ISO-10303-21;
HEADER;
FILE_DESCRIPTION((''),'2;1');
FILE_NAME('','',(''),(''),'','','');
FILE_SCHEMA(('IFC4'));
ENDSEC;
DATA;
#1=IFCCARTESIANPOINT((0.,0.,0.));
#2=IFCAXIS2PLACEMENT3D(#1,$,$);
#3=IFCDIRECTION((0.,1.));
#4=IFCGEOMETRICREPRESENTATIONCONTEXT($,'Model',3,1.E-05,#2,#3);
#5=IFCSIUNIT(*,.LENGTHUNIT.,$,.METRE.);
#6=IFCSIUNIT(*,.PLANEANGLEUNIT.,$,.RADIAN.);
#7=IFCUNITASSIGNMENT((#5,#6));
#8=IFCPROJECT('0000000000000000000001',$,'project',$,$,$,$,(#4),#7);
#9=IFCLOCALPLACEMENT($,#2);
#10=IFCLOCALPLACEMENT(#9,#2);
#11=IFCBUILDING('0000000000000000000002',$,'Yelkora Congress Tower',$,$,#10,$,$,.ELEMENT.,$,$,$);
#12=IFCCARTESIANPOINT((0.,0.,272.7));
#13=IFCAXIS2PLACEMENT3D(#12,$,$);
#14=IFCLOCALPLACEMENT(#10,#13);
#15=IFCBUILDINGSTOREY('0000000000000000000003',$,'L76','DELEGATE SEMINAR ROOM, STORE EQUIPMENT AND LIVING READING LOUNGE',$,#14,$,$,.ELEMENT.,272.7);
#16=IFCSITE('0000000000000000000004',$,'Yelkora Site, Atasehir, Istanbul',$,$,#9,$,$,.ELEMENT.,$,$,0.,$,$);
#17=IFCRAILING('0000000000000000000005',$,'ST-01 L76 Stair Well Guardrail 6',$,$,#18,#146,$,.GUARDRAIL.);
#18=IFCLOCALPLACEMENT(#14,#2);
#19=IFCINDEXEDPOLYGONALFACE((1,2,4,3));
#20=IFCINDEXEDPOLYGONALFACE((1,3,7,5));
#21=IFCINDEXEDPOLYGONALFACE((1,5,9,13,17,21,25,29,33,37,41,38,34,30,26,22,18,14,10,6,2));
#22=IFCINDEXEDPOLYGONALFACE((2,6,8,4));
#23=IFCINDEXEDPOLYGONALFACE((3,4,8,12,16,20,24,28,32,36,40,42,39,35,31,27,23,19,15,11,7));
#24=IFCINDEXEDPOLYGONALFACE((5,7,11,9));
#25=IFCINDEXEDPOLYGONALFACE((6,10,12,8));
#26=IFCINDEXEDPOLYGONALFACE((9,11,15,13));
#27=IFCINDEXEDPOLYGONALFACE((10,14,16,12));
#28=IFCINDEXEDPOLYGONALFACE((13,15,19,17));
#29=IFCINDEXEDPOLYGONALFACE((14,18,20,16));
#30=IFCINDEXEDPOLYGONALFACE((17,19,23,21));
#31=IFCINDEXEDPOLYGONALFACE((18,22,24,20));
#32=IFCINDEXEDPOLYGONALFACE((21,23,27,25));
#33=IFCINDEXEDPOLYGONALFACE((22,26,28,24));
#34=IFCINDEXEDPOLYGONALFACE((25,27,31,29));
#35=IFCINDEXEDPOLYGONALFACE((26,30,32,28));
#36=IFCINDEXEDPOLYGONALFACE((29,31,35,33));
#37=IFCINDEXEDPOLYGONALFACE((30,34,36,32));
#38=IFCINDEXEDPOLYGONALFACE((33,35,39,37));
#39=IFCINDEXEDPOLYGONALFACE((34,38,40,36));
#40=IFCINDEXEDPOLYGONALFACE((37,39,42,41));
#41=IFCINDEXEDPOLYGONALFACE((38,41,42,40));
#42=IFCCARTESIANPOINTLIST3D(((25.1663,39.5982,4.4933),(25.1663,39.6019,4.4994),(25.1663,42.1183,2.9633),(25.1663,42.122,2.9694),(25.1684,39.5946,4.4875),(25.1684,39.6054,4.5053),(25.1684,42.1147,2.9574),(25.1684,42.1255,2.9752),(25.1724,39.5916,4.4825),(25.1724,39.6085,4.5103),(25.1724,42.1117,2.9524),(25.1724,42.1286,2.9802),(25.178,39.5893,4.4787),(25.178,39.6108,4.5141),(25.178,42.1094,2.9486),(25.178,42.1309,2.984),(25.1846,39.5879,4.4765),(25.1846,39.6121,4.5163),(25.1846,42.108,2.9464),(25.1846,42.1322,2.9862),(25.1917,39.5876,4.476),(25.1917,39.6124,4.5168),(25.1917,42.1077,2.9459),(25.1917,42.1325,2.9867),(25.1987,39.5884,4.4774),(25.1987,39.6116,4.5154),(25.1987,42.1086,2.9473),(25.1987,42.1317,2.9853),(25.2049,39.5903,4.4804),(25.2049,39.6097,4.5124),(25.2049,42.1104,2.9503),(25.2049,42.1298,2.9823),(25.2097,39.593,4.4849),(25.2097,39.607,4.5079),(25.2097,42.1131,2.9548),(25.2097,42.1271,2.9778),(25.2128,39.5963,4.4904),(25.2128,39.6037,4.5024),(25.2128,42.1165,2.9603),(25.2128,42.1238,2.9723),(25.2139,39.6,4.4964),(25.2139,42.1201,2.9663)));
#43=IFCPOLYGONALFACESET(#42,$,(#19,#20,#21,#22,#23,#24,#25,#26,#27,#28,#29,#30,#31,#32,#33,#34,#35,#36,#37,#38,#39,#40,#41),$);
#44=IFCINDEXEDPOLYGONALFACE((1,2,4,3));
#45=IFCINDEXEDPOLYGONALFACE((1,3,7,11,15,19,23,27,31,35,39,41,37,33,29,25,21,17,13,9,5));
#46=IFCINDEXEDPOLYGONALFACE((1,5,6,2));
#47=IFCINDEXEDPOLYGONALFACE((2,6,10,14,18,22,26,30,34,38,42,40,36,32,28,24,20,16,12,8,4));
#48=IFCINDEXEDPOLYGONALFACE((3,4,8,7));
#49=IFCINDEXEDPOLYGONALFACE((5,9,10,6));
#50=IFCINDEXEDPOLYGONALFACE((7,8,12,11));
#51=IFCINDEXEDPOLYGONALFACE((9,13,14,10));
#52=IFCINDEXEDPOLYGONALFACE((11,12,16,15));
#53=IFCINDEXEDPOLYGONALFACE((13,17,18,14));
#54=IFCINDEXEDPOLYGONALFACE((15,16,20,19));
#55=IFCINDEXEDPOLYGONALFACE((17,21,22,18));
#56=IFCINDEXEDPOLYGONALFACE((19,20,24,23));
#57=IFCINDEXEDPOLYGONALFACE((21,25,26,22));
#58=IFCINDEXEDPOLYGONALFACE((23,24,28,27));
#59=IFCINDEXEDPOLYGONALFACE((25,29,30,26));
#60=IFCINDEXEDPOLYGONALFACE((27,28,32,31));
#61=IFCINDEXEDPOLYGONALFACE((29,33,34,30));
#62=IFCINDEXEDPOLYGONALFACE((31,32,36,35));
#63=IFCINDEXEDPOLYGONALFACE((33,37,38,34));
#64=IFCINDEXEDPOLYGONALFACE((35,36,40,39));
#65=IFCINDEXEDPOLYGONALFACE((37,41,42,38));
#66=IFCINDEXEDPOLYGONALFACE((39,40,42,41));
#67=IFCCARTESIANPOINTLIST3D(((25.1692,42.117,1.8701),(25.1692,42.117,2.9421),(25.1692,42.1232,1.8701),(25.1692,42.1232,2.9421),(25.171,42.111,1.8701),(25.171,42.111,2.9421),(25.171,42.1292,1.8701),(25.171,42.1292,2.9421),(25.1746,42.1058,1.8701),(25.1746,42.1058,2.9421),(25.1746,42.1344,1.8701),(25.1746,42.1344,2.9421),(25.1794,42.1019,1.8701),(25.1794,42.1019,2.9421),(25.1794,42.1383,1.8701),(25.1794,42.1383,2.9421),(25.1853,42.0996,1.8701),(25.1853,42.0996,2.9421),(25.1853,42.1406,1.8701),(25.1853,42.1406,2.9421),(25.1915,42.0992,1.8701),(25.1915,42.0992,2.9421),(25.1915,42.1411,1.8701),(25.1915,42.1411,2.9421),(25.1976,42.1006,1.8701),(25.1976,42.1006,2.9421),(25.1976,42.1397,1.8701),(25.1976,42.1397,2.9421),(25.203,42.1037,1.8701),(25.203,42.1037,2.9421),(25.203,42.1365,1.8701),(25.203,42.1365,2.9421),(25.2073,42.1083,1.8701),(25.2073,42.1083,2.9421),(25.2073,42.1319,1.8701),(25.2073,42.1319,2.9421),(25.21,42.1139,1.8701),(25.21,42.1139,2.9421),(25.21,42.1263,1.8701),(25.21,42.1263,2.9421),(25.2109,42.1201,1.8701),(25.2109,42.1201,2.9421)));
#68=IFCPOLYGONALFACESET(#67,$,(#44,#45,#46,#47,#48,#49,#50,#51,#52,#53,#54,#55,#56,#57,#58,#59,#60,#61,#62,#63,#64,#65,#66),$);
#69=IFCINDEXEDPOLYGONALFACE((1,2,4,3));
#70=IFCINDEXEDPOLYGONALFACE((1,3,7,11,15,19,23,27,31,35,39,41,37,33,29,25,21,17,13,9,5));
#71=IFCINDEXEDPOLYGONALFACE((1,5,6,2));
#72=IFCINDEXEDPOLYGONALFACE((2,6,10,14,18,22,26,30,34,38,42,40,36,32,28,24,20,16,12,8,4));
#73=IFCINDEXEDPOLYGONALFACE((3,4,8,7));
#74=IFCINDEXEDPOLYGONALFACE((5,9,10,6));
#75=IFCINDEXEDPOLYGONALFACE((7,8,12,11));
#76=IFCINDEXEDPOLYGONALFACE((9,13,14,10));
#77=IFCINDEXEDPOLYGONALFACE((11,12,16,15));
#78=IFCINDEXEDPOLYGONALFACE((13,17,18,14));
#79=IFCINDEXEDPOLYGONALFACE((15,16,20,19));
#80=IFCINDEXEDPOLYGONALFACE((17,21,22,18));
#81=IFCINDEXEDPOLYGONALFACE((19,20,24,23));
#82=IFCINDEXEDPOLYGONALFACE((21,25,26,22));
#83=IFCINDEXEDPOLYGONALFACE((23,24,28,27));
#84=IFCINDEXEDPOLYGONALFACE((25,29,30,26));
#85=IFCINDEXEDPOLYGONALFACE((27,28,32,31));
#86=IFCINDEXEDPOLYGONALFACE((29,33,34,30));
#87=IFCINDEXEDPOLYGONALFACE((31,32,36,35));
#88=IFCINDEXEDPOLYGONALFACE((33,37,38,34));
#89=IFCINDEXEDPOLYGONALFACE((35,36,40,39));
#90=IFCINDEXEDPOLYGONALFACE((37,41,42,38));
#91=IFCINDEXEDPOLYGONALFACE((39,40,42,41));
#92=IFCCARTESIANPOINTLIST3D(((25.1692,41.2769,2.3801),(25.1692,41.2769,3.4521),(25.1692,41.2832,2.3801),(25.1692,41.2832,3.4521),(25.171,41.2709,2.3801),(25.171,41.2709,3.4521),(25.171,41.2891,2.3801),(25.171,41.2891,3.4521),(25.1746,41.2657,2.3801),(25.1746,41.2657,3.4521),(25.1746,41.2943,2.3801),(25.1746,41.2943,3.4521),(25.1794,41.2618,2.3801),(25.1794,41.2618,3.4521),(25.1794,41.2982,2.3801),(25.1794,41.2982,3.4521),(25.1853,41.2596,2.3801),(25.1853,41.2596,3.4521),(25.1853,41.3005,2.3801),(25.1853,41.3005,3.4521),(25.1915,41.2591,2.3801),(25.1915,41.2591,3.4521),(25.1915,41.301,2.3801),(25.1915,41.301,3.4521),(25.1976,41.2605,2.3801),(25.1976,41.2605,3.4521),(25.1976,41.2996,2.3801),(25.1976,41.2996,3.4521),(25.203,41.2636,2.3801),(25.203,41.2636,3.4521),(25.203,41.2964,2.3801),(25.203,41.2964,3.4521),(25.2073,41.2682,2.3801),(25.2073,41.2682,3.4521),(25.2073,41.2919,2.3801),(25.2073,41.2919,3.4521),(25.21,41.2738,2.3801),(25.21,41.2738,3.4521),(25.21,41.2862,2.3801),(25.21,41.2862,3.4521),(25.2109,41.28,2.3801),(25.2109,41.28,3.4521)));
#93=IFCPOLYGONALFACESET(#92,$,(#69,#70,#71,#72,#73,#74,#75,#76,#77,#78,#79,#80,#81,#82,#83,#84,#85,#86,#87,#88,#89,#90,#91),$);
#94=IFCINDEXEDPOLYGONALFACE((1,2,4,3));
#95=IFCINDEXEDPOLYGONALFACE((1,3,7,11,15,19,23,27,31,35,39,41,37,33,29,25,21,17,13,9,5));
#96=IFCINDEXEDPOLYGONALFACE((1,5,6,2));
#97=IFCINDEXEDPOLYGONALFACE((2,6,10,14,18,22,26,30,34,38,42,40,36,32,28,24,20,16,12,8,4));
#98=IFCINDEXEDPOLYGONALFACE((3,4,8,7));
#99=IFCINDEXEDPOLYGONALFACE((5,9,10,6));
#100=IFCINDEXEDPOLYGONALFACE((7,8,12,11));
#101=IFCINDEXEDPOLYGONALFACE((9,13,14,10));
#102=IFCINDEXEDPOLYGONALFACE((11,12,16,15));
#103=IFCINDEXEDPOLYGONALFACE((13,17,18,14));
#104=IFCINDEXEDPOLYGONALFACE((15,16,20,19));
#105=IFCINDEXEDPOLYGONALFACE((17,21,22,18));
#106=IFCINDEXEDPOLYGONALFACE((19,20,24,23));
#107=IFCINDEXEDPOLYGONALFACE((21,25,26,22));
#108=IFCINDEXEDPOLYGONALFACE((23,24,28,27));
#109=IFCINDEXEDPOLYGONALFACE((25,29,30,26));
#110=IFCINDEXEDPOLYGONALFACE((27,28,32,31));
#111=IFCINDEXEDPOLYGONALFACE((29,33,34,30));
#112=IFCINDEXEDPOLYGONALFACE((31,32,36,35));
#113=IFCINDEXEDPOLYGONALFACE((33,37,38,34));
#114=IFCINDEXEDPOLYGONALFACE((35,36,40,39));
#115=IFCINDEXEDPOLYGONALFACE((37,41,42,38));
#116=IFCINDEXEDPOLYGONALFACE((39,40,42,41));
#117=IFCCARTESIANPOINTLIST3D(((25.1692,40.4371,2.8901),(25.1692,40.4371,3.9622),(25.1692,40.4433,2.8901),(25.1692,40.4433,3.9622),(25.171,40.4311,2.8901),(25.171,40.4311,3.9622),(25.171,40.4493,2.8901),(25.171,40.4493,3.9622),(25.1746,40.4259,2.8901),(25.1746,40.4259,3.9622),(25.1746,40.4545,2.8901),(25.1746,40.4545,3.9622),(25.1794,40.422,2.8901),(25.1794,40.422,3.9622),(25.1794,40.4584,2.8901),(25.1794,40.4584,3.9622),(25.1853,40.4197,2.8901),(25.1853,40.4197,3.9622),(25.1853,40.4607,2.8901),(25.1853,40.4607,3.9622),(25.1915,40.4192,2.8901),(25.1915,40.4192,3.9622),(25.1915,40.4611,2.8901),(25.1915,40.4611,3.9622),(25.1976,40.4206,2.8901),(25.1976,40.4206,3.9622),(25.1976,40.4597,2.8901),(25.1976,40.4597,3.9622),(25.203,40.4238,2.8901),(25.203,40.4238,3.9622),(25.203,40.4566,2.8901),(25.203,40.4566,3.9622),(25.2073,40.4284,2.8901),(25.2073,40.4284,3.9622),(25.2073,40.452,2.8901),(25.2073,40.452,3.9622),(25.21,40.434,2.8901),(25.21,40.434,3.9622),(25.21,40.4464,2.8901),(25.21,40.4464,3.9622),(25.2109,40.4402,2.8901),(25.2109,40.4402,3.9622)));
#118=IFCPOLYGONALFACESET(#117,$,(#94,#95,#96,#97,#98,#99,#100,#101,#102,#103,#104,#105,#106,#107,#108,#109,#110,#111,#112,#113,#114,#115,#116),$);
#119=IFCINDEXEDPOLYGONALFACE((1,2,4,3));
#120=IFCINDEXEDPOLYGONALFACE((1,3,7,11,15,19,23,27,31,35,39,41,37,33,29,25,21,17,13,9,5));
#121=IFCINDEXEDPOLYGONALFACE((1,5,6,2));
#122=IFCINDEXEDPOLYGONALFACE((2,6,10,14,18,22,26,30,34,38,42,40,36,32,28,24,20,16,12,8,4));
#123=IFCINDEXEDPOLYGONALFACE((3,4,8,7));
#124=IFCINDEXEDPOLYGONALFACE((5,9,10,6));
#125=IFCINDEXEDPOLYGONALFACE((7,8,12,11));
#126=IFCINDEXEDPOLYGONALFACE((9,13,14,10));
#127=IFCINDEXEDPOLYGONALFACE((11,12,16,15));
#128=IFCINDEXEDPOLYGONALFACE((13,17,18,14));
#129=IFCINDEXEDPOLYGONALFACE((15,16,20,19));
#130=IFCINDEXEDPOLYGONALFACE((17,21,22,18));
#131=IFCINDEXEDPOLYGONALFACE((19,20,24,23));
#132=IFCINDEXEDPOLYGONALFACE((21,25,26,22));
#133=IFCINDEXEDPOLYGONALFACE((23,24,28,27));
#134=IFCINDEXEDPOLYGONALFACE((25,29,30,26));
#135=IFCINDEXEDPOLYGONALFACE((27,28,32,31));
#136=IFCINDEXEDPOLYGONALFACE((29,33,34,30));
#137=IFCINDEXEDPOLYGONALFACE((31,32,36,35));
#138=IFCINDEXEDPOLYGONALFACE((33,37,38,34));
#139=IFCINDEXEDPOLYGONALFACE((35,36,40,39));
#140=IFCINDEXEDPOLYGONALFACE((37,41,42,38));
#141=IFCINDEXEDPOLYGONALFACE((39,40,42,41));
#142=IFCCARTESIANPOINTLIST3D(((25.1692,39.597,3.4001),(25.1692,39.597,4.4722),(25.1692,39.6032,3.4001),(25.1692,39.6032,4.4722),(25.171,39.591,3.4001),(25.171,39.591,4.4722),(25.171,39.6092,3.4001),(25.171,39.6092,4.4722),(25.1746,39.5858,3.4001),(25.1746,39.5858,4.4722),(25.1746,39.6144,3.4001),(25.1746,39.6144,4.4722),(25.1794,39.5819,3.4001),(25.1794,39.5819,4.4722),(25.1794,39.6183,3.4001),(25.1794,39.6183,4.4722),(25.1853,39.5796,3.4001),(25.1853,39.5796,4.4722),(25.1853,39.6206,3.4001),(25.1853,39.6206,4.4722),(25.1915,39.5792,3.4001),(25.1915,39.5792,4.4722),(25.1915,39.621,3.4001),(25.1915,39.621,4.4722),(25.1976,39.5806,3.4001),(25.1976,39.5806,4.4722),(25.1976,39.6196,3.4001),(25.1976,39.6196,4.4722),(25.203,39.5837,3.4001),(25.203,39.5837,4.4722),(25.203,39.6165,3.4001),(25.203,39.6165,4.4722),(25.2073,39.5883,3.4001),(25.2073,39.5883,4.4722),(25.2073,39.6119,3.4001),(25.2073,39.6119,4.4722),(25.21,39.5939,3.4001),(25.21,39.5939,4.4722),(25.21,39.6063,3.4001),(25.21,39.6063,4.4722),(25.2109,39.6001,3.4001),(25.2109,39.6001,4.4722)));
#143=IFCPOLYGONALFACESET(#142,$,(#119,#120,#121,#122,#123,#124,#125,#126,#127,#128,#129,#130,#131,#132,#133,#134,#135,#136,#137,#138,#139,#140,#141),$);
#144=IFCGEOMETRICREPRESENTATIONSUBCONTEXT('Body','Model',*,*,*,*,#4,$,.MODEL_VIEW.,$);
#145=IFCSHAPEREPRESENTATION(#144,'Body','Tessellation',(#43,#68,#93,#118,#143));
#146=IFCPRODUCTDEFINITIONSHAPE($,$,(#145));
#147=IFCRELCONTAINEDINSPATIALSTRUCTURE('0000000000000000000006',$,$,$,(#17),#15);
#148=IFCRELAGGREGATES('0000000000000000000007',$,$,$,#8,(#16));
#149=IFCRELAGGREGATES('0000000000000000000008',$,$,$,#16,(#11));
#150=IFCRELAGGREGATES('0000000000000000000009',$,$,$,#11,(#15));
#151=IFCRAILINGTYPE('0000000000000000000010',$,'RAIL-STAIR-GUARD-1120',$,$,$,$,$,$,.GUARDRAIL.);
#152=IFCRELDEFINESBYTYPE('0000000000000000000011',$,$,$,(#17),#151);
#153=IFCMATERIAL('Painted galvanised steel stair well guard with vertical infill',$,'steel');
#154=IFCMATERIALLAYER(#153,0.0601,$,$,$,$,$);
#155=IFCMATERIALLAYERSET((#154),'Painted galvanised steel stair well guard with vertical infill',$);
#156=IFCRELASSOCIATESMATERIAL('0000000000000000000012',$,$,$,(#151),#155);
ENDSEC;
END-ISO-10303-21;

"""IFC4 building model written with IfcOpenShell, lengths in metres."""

from ifc_helpers import new_model, si_unit, direction, frame, origin, origin_2d, place, context, subcontext, project, spatial, circle, extrude, material, layer, layer_set, type_object, element, save


model = new_model("IFC4")

# Units and contexts
model_context = context("Model", 3, precision=1e-05, world=origin(), true_north=direction((0.0, 1.0)))
body_context = subcontext(model_context, "Body", "Model", "MODEL_VIEW")
ifc_project = project(units=[si_unit("LENGTHUNIT", "METRE"), si_unit("PLANEANGLEUNIT", "RADIAN")], contexts=[model_context])

# Site, building, storey
site_placement = place(None, origin())
site = spatial("IfcSite", under=ifc_project, at=site_placement, Name="Yelkora Site, Atasehir, Istanbul", CompositionType="ELEMENT", RefElevation=0.0)
building_placement = place(site_placement, origin())
building = spatial("IfcBuilding", under=site, at=building_placement, Name="Yelkora Congress Tower", CompositionType="ELEMENT")
storey_placement = place(building_placement, frame((0.0, 0.0, 272.7)))
storey = spatial("IfcBuildingStorey", under=building, at=storey_placement, Name="L76", Description="DELEGATE SEMINAR ROOM, STORE EQUIPMENT AND LIVING READING LOUNGE", CompositionType="ELEMENT", Elevation=272.7)

# Railing
ifc_material_1 = material(Name="Painted galvanised steel stair well guard with vertical infill", Category="steel")
ifc_layer_1 = layer(ifc_material_1, 0.0601)
ifc_layer_set_1 = layer_set([ifc_layer_1], Name="Painted galvanised steel stair well guard with vertical infill")
railing_type_1 = type_object("IfcRailingType", Name="RAIL-STAIR-GUARD-1120", PredefinedType="GUARDRAIL", material=ifc_layer_set_1)
railing_1_placement = place(storey_placement, frame((25.1899, 42.1201, 1.8701)))
element("IfcRailing", 1, at=railing_1_placement, inside=storey, type_object=railing_type_1, Name="ST-01 L76 Stair Well Guardrail 6", PredefinedType="GUARDRAIL", context=body_context, shape_type="SweptSolid", body=[
    extrude(circle(Radius=0.0239, at=origin_2d()), frame((0.0, 0.0, 1.0962), z_axis=(0.0, -0.854785, 0.518982), x_axis=(1.0, 0.0, 0.0)), (0.0, 0.0, 1.0), 2.9482),
    extrude(circle(Radius=0.021, at=origin_2d()), origin(), (0.0, 0.0, 1.0), 1.072),
    extrude(circle(Radius=0.021, at=origin_2d()), frame((0.0, -0.8401, 0.51)), (0.0, 0.0, 1.0), 1.072),
    extrude(circle(Radius=0.021, at=origin_2d()), frame((0.0, -1.6799, 1.02)), (0.0, 0.0, 1.0), 1.072),
    extrude(circle(Radius=0.021, at=origin_2d()), frame((0.0, -2.52, 1.53)), (0.0, 0.0, 1.0), 1.072),
])

save(model, "model.ifc")
